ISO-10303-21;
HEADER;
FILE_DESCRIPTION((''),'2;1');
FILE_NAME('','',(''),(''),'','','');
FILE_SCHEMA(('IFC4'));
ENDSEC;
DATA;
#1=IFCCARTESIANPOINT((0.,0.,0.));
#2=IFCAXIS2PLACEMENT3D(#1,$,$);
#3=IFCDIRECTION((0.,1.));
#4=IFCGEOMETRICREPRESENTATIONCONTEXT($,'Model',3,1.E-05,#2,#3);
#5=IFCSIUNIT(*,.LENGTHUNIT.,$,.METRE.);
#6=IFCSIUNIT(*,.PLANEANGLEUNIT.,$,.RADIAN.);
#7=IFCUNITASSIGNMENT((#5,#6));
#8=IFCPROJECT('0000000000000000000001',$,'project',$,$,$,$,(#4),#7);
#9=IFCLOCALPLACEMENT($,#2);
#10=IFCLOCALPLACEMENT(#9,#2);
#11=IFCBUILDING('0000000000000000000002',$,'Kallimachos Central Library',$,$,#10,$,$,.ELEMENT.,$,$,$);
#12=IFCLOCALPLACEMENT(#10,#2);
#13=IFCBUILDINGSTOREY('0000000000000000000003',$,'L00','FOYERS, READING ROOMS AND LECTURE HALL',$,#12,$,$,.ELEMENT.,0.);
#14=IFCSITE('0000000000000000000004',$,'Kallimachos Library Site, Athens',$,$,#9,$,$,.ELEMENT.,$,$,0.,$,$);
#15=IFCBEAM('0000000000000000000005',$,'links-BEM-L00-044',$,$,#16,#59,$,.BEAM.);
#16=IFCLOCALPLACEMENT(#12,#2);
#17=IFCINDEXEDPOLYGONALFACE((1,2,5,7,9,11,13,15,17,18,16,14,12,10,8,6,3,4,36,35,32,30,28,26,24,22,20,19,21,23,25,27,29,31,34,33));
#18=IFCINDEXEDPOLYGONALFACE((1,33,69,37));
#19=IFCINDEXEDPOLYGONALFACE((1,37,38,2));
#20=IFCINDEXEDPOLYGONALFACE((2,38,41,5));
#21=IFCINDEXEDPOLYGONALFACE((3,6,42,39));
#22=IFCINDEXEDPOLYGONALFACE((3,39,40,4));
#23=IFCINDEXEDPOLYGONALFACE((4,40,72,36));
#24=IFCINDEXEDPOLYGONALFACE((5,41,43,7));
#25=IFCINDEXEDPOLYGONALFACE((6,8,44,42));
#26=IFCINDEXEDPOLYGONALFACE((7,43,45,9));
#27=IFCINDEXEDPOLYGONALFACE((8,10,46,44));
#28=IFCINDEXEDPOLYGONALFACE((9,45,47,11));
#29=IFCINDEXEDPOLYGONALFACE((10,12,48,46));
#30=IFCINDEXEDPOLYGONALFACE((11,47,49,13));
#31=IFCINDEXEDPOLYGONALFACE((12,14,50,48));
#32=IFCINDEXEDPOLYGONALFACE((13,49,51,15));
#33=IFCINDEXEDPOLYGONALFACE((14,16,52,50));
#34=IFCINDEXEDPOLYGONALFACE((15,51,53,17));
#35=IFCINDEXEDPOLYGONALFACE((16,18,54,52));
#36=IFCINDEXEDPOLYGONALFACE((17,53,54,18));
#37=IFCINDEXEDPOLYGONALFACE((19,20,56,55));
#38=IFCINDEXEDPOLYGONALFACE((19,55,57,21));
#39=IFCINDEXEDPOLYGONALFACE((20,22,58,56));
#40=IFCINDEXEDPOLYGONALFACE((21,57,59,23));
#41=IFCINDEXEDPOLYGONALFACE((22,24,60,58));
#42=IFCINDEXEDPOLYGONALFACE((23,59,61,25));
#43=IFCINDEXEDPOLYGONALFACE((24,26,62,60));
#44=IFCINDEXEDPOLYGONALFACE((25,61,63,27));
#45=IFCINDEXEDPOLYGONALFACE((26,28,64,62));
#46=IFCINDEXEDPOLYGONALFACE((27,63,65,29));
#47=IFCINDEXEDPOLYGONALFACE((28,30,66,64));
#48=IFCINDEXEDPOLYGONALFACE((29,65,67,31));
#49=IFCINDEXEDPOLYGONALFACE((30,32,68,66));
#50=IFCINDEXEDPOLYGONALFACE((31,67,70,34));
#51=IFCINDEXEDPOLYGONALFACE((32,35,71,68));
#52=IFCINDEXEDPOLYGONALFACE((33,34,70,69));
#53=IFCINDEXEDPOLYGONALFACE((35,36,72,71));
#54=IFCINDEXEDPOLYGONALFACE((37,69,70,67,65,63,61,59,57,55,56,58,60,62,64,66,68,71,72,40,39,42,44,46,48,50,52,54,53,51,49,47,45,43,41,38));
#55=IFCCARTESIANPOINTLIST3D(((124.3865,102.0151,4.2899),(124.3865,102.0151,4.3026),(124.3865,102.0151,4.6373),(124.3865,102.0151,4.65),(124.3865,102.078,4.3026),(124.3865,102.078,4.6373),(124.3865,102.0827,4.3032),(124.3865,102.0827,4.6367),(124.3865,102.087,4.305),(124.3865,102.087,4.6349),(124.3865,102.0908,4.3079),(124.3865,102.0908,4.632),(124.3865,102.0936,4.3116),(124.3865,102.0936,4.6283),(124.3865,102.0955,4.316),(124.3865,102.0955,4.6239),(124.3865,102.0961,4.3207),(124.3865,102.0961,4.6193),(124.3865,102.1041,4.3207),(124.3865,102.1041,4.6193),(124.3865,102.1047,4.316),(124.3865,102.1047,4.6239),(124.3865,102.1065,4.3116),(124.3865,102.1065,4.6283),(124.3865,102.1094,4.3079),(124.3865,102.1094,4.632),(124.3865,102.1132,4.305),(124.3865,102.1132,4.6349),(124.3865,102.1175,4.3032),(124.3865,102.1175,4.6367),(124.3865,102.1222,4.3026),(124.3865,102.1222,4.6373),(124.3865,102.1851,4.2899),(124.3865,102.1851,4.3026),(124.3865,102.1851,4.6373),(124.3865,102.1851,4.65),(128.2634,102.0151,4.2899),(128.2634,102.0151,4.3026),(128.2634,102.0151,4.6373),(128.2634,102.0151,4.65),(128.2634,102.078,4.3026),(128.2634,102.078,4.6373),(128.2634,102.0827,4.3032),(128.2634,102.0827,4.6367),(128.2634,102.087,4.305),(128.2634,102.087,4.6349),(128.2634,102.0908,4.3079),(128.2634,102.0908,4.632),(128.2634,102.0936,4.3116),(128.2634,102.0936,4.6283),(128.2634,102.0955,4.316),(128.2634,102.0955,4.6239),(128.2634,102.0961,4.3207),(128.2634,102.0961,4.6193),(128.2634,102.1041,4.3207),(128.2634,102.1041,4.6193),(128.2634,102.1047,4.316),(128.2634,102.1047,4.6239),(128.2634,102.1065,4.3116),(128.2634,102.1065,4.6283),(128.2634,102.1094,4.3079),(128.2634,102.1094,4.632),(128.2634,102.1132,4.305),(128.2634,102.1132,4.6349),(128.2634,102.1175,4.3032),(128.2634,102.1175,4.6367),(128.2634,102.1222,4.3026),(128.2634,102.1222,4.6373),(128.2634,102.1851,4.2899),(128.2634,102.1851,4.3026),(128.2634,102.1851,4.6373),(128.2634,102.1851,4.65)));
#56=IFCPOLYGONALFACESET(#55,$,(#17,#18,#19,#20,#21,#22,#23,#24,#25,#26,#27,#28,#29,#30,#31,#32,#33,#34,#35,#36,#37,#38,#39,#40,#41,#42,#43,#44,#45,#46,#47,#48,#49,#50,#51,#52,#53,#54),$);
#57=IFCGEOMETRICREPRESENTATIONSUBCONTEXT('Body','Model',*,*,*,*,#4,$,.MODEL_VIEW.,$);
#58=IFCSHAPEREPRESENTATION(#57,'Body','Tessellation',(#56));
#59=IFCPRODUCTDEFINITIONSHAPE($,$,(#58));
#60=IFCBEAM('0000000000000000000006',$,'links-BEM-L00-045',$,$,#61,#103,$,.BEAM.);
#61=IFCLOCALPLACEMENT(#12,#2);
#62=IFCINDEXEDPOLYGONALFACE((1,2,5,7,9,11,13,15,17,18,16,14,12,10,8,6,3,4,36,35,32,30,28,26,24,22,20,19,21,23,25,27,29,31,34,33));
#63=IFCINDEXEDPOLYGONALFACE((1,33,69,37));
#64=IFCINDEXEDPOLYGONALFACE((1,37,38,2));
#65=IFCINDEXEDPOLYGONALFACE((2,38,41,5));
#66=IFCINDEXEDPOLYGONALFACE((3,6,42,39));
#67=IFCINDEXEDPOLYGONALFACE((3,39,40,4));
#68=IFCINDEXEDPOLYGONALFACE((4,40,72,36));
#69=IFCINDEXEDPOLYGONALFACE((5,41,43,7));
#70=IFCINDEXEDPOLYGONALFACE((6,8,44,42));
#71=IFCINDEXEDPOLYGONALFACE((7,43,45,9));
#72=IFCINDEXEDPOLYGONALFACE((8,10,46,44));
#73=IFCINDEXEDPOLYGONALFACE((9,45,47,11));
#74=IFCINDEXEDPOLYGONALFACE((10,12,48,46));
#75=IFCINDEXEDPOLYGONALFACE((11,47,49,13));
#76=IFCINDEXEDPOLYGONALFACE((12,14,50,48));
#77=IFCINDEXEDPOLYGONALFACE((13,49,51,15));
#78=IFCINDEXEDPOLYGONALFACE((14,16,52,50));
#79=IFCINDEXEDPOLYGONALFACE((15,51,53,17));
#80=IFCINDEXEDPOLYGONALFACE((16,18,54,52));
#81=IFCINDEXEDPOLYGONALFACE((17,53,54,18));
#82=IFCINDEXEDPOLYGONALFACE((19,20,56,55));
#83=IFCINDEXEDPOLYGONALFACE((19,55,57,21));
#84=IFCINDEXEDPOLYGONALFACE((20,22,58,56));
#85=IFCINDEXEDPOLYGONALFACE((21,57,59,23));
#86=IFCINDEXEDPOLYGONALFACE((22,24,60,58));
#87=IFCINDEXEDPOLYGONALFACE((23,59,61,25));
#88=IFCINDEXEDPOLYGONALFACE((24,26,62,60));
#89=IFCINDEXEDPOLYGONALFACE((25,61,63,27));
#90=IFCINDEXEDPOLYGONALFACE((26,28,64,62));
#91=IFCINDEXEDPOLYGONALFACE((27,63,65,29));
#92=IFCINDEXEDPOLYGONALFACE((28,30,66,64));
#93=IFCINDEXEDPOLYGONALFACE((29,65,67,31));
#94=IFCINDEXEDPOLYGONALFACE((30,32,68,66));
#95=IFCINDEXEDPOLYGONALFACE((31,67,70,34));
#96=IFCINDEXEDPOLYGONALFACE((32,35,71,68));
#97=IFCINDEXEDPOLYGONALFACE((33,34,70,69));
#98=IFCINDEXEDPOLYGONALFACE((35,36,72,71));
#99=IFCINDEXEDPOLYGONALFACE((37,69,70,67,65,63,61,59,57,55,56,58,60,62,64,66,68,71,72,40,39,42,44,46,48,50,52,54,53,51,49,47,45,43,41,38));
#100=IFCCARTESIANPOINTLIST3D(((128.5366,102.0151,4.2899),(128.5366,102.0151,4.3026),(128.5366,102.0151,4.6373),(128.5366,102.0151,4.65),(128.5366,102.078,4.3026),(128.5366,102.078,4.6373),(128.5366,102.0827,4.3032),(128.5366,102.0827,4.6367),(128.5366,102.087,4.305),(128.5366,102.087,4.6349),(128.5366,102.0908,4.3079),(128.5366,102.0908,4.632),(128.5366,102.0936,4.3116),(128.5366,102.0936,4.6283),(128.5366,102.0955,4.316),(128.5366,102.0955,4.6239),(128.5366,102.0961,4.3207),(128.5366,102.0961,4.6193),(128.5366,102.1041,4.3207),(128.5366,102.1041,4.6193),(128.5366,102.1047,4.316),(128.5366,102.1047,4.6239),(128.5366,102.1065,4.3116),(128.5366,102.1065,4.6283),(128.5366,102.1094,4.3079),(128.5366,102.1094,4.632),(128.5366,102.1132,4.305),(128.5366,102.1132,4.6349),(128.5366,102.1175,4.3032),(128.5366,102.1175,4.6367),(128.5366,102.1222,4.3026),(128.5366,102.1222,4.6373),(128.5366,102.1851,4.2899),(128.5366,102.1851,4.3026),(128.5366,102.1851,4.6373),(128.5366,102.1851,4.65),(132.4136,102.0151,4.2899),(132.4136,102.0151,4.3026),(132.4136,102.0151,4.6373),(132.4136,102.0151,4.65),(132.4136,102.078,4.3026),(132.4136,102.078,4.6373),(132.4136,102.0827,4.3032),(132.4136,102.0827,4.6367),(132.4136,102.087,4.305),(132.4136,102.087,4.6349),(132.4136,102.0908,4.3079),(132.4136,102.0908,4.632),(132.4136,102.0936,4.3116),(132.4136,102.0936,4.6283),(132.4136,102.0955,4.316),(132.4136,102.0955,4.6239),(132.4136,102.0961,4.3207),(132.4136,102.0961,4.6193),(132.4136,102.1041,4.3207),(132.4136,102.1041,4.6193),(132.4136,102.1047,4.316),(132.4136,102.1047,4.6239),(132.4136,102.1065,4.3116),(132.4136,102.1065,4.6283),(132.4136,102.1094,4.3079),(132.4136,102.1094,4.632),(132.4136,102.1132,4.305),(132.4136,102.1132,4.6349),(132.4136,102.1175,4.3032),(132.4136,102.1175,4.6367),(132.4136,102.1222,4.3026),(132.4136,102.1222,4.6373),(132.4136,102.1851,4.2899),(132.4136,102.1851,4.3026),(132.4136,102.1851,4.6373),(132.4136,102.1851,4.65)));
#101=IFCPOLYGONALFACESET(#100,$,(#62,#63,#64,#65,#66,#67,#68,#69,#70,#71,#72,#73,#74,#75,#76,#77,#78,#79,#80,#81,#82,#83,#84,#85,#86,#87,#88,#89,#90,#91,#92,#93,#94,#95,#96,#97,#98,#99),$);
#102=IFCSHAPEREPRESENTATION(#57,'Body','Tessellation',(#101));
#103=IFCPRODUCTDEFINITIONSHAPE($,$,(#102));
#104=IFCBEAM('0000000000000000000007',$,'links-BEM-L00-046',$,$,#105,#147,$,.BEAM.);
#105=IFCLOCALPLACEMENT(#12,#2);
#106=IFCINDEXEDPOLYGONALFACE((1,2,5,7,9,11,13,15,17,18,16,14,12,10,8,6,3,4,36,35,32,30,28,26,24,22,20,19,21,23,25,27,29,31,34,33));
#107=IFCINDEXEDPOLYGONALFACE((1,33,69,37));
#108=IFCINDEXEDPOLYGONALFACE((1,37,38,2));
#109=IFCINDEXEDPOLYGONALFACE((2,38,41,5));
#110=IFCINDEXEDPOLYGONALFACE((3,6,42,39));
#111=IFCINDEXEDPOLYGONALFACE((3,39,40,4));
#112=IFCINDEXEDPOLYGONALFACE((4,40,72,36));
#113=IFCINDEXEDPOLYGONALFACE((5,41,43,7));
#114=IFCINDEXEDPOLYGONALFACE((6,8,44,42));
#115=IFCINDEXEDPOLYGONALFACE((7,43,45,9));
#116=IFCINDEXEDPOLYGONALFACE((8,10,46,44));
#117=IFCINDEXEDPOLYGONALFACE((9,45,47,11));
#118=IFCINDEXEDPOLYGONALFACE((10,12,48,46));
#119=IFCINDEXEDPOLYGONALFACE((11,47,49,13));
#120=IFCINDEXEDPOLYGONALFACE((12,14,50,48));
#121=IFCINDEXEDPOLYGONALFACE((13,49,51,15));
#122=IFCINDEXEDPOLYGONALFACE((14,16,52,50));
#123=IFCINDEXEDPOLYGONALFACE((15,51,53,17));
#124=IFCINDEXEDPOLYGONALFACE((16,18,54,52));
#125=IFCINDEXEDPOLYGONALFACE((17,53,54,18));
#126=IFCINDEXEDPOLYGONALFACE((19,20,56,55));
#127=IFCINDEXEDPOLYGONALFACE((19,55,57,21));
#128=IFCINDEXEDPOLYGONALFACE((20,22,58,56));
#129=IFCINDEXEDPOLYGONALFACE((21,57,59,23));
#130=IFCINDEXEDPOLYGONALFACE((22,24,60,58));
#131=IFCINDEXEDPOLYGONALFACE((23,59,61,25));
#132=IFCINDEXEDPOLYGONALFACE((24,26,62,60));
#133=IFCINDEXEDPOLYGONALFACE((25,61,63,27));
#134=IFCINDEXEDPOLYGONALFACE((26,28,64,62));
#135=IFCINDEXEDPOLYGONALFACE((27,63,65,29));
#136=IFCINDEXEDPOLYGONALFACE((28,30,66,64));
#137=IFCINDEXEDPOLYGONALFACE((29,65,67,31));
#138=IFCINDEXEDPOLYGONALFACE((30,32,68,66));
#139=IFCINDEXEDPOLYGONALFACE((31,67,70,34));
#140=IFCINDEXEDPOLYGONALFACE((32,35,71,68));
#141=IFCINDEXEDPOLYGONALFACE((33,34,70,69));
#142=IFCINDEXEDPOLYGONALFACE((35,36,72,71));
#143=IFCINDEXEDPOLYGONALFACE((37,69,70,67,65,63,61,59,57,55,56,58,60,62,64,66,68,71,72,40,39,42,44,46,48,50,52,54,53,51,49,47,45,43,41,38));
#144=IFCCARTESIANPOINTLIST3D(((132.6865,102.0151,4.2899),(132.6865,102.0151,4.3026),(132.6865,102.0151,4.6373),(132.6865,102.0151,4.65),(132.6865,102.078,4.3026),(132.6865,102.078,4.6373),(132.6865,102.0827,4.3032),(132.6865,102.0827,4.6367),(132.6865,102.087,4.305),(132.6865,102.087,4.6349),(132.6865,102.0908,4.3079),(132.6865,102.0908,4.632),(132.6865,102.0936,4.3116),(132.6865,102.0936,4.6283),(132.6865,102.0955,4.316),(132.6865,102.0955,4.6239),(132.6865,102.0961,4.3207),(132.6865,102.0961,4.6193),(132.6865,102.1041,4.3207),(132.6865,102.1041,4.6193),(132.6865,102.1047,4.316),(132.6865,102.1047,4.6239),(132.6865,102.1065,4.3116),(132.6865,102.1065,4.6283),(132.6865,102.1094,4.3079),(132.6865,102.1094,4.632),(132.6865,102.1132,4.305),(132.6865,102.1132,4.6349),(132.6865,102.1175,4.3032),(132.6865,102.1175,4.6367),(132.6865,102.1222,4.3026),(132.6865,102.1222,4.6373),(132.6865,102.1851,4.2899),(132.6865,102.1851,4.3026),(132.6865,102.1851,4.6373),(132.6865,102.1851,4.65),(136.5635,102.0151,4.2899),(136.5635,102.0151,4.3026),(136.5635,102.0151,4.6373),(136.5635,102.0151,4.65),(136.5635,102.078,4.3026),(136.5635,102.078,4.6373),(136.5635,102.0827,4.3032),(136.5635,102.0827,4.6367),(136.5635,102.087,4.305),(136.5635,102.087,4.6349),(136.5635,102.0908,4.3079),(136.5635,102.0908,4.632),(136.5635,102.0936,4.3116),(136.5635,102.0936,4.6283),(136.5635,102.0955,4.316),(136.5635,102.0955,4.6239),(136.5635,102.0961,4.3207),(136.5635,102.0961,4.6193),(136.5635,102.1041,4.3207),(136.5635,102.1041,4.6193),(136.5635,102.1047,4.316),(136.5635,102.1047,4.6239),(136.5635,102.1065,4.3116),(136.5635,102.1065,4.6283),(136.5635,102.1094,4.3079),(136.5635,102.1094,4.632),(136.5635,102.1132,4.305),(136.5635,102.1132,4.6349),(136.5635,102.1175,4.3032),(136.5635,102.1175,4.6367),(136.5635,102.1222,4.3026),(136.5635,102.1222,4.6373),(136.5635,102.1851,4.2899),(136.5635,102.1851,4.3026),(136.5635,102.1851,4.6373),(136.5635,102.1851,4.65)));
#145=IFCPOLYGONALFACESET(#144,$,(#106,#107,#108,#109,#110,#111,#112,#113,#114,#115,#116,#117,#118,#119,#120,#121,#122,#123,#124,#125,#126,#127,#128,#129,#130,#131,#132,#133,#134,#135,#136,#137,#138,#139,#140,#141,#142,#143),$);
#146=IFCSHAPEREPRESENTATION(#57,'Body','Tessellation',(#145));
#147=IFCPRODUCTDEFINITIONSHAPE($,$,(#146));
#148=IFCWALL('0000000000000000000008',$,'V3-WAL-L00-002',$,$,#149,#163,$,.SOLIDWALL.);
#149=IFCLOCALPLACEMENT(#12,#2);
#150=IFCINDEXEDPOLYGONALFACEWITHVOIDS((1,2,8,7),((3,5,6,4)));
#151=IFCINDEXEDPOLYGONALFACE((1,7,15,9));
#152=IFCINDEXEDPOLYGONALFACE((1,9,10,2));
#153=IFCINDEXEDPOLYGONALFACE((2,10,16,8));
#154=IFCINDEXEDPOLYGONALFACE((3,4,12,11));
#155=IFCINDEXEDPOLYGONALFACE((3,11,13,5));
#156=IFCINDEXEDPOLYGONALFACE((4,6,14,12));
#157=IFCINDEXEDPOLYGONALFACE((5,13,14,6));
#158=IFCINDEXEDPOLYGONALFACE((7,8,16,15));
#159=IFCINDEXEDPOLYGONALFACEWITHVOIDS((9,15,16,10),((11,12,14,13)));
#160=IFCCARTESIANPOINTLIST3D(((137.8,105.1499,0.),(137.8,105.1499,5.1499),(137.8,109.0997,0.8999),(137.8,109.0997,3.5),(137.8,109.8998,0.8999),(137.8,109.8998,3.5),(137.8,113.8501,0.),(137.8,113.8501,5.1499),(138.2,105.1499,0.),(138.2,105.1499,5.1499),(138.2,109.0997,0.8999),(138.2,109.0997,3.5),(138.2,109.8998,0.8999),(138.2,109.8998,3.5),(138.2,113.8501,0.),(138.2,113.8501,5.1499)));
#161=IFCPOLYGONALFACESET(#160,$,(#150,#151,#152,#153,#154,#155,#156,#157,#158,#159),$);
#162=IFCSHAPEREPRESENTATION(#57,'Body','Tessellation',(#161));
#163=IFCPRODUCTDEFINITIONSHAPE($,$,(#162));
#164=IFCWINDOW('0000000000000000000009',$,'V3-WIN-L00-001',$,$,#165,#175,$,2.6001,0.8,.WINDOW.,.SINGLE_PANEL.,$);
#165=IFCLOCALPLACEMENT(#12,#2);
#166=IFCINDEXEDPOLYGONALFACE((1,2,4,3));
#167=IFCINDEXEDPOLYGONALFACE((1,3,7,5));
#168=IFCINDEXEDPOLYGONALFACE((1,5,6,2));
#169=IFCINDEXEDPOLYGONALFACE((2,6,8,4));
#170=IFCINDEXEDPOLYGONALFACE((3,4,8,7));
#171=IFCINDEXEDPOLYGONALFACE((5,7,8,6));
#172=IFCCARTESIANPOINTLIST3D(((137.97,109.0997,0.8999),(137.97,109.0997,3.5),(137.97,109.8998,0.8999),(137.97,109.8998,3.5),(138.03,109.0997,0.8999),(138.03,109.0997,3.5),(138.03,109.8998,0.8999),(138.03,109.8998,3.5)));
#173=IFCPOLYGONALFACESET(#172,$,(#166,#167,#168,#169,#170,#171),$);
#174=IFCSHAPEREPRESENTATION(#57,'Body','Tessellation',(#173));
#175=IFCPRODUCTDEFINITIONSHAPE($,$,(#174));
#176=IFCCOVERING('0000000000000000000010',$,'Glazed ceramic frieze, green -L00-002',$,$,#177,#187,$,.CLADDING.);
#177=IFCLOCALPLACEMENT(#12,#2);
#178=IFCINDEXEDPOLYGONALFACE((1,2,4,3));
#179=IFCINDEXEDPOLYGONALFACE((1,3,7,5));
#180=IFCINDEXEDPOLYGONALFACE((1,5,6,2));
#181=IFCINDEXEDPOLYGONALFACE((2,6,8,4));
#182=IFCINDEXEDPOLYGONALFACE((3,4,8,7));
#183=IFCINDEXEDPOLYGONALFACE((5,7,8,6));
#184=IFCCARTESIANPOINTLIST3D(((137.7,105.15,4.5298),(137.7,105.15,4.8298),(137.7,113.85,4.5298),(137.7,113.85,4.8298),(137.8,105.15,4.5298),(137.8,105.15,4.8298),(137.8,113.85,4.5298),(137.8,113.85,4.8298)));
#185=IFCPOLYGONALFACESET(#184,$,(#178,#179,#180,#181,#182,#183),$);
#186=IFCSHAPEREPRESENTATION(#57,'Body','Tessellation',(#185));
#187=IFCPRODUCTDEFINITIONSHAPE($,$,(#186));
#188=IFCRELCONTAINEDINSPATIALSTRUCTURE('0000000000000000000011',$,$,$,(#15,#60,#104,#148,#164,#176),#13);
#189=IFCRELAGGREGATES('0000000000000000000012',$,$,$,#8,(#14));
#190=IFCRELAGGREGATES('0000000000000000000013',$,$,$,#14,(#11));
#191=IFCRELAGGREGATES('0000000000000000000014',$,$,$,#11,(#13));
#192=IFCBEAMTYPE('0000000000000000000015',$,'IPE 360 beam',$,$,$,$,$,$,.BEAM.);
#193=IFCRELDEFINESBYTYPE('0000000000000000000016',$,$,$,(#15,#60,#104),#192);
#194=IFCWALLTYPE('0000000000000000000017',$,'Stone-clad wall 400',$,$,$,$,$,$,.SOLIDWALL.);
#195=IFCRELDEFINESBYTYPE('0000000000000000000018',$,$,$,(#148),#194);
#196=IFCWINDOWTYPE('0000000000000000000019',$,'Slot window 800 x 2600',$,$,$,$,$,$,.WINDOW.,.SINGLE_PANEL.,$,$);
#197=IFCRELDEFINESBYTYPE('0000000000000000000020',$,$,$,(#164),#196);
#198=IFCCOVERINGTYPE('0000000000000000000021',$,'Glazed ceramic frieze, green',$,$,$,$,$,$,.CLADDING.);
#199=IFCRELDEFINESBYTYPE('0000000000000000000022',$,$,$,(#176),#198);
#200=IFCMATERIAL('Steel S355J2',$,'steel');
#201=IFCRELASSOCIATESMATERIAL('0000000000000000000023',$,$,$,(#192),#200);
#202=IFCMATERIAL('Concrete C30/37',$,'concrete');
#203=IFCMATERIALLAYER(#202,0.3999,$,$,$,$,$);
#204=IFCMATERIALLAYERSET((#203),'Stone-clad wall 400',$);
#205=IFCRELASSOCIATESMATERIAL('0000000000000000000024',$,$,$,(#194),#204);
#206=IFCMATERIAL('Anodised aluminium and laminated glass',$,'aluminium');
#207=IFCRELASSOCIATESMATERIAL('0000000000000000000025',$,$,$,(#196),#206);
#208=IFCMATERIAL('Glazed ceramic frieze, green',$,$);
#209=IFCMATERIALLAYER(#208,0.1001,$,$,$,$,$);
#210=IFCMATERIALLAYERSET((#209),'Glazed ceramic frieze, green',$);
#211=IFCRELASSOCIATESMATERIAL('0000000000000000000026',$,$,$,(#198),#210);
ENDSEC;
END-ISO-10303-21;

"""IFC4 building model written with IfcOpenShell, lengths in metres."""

from ifc_helpers import new_model, si_unit, direction, frame, frame_2d, origin, origin_2d, place, context, subcontext, project, spatial, rectangle, i_section, extrude, material, layer, layer_set, material_profile, profile_set, type_object, element, fill, save


model = new_model("IFC4")

# Units and contexts
model_context = context("Model", 3, precision=1e-05, world=origin(), true_north=direction((0.0, 1.0)))
body_context = subcontext(model_context, "Body", "Model", "MODEL_VIEW")
ifc_project = project(units=[si_unit("LENGTHUNIT", "METRE"), si_unit("PLANEANGLEUNIT", "RADIAN")], contexts=[model_context])

# Site, building, storey
site_placement = place(None, origin())
site = spatial("IfcSite", under=ifc_project, at=site_placement, Name="Kallimachos Library Site, Athens", CompositionType="ELEMENT", RefElevation=0.0)
building_placement = place(site_placement, origin())
building = spatial("IfcBuilding", under=site, at=building_placement, Name="Kallimachos Central Library", CompositionType="ELEMENT")
storey_placement = place(building_placement, origin())
storey = spatial("IfcBuildingStorey", under=building, at=storey_placement, Name="L00", Description="FOYERS, READING ROOMS AND LECTURE HALL", CompositionType="ELEMENT", Elevation=0.0)

# Beams
ifc_material_1 = material(Name="Steel S355J2", Category="steel")
ifc_material_profile_1 = material_profile(ifc_material_1, i_section(OverallWidth=0.1699, OverallDepth=0.3601, WebThickness=0.0081, FlangeThickness=0.0127, FilletRadius=0.0181, at=origin_2d()), Name="IPE 360")
ifc_profile_set_1 = profile_set([ifc_material_profile_1], Name="Steel S355J2")
beam_type = type_object("IfcBeamType", Name="IPE 360 beam", PredefinedType="BEAM", material=ifc_profile_set_1)
for number, where, z_axis, x_axis, name in (
    (1, (124.3865, 102.1001, 4.47), (1.0, 0.0, 0.0), (0.0, 1.0, 0.0), "links-BEM-L00-044"),
    (2, (128.5366, 102.1001, 4.47), (1.0, 0.0, 0.0), (0.0, 1.0, 0.0), "links-BEM-L00-045"),
    (3, (132.6865, 102.1001, 4.47), (1.0, 0.0, 0.0), (0.0, 1.0, 0.0), "links-BEM-L00-046"),
):
    element("IfcBeam", number, at=place(storey_placement, frame(where, z_axis=z_axis, x_axis=x_axis)), inside=storey, type_object=beam_type, Name=name, PredefinedType="BEAM", context=body_context, shape_type="SweptSolid", body=[
        extrude(i_section(OverallWidth=0.1699, OverallDepth=0.3601, WebThickness=0.0081, FlangeThickness=0.0127, FilletRadius=0.0181, at=origin_2d()), origin(), (0.0, 0.0, 1.0), 3.877),
    ])

# Wall, opening, window
ifc_material_2 = material(Name="Concrete C30/37", Category="concrete")
ifc_layer_1 = layer(ifc_material_2, 0.3999)
ifc_layer_set_1 = layer_set([ifc_layer_1], Name="Stone-clad wall 400")
wall_type = type_object("IfcWallType", Name="Stone-clad wall 400", PredefinedType="SOLIDWALL", material=ifc_layer_set_1)
wall_placement = place(storey_placement, frame((138.0, 105.1499, 0.0), z_axis=(0.0, 0.0, 1.0), x_axis=(0.0, 1.0, 0.0)))
wall = element("IfcWall", 4, at=wall_placement, inside=storey, type_object=wall_type, Name="V3-WAL-L00-002", PredefinedType="SOLIDWALL", context=body_context, shape_type="SweptSolid", body=[
    extrude(rectangle(XDim=8.7002, YDim=0.3999, at=frame_2d((4.3501, 0.0))), origin(), (0.0, 0.0, 1.0), 5.1499),
])
opening_placement = place(wall_placement, frame((3.95, 0.0, 0.8999)))
opening = element("IfcOpeningElement", 5, at=opening_placement, cuts=wall, PredefinedType="OPENING", context=body_context, shape_type="SweptSolid", body=[
    extrude(rectangle(XDim=0.8, YDim=2.6001, at=frame_2d((0.3999, 1.3))), frame((0.0, 0.21, 0.0), z_axis=(0.0, -1.0, 0.0), x_axis=(1.0, 0.0, 0.0)), (0.0, 0.0, 1.0), 0.4199),
])
ifc_material_3 = material(Name="Anodised aluminium and laminated glass", Category="aluminium")
window_type = type_object("IfcWindowType", Name="Slot window 800 x 2600", PartitioningType="SINGLE_PANEL", PredefinedType="WINDOW", material=ifc_material_3)
window_placement = place(opening_placement, origin())
window = element("IfcWindow", 6, at=window_placement, inside=storey, type_object=window_type, Name="V3-WIN-L00-001", OverallHeight=2.6001, OverallWidth=0.8, PartitioningType="SINGLE_PANEL", PredefinedType="WINDOW", context=body_context, shape_type="SweptSolid", body=[
    extrude(rectangle(XDim=0.8, YDim=2.6001, at=frame_2d((0.3999, 1.3))), frame((0.0, 0.03, 0.0), z_axis=(0.0, -1.0, 0.0), x_axis=(1.0, 0.0, 0.0)), (0.0, 0.0, 1.0), 0.0601),
])
fill(opening, window)

# Covering
ifc_material_4 = material(Name="Glazed ceramic frieze, green")
ifc_layer_2 = layer(ifc_material_4, 0.1001)
ifc_layer_set_2 = layer_set([ifc_layer_2], Name="Glazed ceramic frieze, green")
covering_type_1 = type_object("IfcCoveringType", Name="Glazed ceramic frieze, green", PredefinedType="CLADDING", material=ifc_layer_set_2)
covering_1_placement = place(storey_placement, frame((137.75, 109.5, 4.5298), z_axis=(0.0, 0.0, 1.0), x_axis=(1.0, 0.0, 0.0)))
element("IfcCovering", 7, at=covering_1_placement, inside=storey, type_object=covering_type_1, Name="Glazed ceramic frieze, green -L00-002", PredefinedType="CLADDING", context=body_context, shape_type="SweptSolid", body=[
    extrude(rectangle(XDim=0.1001, YDim=8.7, at=origin_2d()), origin(), (0.0, 0.0, 1.0), 0.3),
])

save(model, "model.ifc")
